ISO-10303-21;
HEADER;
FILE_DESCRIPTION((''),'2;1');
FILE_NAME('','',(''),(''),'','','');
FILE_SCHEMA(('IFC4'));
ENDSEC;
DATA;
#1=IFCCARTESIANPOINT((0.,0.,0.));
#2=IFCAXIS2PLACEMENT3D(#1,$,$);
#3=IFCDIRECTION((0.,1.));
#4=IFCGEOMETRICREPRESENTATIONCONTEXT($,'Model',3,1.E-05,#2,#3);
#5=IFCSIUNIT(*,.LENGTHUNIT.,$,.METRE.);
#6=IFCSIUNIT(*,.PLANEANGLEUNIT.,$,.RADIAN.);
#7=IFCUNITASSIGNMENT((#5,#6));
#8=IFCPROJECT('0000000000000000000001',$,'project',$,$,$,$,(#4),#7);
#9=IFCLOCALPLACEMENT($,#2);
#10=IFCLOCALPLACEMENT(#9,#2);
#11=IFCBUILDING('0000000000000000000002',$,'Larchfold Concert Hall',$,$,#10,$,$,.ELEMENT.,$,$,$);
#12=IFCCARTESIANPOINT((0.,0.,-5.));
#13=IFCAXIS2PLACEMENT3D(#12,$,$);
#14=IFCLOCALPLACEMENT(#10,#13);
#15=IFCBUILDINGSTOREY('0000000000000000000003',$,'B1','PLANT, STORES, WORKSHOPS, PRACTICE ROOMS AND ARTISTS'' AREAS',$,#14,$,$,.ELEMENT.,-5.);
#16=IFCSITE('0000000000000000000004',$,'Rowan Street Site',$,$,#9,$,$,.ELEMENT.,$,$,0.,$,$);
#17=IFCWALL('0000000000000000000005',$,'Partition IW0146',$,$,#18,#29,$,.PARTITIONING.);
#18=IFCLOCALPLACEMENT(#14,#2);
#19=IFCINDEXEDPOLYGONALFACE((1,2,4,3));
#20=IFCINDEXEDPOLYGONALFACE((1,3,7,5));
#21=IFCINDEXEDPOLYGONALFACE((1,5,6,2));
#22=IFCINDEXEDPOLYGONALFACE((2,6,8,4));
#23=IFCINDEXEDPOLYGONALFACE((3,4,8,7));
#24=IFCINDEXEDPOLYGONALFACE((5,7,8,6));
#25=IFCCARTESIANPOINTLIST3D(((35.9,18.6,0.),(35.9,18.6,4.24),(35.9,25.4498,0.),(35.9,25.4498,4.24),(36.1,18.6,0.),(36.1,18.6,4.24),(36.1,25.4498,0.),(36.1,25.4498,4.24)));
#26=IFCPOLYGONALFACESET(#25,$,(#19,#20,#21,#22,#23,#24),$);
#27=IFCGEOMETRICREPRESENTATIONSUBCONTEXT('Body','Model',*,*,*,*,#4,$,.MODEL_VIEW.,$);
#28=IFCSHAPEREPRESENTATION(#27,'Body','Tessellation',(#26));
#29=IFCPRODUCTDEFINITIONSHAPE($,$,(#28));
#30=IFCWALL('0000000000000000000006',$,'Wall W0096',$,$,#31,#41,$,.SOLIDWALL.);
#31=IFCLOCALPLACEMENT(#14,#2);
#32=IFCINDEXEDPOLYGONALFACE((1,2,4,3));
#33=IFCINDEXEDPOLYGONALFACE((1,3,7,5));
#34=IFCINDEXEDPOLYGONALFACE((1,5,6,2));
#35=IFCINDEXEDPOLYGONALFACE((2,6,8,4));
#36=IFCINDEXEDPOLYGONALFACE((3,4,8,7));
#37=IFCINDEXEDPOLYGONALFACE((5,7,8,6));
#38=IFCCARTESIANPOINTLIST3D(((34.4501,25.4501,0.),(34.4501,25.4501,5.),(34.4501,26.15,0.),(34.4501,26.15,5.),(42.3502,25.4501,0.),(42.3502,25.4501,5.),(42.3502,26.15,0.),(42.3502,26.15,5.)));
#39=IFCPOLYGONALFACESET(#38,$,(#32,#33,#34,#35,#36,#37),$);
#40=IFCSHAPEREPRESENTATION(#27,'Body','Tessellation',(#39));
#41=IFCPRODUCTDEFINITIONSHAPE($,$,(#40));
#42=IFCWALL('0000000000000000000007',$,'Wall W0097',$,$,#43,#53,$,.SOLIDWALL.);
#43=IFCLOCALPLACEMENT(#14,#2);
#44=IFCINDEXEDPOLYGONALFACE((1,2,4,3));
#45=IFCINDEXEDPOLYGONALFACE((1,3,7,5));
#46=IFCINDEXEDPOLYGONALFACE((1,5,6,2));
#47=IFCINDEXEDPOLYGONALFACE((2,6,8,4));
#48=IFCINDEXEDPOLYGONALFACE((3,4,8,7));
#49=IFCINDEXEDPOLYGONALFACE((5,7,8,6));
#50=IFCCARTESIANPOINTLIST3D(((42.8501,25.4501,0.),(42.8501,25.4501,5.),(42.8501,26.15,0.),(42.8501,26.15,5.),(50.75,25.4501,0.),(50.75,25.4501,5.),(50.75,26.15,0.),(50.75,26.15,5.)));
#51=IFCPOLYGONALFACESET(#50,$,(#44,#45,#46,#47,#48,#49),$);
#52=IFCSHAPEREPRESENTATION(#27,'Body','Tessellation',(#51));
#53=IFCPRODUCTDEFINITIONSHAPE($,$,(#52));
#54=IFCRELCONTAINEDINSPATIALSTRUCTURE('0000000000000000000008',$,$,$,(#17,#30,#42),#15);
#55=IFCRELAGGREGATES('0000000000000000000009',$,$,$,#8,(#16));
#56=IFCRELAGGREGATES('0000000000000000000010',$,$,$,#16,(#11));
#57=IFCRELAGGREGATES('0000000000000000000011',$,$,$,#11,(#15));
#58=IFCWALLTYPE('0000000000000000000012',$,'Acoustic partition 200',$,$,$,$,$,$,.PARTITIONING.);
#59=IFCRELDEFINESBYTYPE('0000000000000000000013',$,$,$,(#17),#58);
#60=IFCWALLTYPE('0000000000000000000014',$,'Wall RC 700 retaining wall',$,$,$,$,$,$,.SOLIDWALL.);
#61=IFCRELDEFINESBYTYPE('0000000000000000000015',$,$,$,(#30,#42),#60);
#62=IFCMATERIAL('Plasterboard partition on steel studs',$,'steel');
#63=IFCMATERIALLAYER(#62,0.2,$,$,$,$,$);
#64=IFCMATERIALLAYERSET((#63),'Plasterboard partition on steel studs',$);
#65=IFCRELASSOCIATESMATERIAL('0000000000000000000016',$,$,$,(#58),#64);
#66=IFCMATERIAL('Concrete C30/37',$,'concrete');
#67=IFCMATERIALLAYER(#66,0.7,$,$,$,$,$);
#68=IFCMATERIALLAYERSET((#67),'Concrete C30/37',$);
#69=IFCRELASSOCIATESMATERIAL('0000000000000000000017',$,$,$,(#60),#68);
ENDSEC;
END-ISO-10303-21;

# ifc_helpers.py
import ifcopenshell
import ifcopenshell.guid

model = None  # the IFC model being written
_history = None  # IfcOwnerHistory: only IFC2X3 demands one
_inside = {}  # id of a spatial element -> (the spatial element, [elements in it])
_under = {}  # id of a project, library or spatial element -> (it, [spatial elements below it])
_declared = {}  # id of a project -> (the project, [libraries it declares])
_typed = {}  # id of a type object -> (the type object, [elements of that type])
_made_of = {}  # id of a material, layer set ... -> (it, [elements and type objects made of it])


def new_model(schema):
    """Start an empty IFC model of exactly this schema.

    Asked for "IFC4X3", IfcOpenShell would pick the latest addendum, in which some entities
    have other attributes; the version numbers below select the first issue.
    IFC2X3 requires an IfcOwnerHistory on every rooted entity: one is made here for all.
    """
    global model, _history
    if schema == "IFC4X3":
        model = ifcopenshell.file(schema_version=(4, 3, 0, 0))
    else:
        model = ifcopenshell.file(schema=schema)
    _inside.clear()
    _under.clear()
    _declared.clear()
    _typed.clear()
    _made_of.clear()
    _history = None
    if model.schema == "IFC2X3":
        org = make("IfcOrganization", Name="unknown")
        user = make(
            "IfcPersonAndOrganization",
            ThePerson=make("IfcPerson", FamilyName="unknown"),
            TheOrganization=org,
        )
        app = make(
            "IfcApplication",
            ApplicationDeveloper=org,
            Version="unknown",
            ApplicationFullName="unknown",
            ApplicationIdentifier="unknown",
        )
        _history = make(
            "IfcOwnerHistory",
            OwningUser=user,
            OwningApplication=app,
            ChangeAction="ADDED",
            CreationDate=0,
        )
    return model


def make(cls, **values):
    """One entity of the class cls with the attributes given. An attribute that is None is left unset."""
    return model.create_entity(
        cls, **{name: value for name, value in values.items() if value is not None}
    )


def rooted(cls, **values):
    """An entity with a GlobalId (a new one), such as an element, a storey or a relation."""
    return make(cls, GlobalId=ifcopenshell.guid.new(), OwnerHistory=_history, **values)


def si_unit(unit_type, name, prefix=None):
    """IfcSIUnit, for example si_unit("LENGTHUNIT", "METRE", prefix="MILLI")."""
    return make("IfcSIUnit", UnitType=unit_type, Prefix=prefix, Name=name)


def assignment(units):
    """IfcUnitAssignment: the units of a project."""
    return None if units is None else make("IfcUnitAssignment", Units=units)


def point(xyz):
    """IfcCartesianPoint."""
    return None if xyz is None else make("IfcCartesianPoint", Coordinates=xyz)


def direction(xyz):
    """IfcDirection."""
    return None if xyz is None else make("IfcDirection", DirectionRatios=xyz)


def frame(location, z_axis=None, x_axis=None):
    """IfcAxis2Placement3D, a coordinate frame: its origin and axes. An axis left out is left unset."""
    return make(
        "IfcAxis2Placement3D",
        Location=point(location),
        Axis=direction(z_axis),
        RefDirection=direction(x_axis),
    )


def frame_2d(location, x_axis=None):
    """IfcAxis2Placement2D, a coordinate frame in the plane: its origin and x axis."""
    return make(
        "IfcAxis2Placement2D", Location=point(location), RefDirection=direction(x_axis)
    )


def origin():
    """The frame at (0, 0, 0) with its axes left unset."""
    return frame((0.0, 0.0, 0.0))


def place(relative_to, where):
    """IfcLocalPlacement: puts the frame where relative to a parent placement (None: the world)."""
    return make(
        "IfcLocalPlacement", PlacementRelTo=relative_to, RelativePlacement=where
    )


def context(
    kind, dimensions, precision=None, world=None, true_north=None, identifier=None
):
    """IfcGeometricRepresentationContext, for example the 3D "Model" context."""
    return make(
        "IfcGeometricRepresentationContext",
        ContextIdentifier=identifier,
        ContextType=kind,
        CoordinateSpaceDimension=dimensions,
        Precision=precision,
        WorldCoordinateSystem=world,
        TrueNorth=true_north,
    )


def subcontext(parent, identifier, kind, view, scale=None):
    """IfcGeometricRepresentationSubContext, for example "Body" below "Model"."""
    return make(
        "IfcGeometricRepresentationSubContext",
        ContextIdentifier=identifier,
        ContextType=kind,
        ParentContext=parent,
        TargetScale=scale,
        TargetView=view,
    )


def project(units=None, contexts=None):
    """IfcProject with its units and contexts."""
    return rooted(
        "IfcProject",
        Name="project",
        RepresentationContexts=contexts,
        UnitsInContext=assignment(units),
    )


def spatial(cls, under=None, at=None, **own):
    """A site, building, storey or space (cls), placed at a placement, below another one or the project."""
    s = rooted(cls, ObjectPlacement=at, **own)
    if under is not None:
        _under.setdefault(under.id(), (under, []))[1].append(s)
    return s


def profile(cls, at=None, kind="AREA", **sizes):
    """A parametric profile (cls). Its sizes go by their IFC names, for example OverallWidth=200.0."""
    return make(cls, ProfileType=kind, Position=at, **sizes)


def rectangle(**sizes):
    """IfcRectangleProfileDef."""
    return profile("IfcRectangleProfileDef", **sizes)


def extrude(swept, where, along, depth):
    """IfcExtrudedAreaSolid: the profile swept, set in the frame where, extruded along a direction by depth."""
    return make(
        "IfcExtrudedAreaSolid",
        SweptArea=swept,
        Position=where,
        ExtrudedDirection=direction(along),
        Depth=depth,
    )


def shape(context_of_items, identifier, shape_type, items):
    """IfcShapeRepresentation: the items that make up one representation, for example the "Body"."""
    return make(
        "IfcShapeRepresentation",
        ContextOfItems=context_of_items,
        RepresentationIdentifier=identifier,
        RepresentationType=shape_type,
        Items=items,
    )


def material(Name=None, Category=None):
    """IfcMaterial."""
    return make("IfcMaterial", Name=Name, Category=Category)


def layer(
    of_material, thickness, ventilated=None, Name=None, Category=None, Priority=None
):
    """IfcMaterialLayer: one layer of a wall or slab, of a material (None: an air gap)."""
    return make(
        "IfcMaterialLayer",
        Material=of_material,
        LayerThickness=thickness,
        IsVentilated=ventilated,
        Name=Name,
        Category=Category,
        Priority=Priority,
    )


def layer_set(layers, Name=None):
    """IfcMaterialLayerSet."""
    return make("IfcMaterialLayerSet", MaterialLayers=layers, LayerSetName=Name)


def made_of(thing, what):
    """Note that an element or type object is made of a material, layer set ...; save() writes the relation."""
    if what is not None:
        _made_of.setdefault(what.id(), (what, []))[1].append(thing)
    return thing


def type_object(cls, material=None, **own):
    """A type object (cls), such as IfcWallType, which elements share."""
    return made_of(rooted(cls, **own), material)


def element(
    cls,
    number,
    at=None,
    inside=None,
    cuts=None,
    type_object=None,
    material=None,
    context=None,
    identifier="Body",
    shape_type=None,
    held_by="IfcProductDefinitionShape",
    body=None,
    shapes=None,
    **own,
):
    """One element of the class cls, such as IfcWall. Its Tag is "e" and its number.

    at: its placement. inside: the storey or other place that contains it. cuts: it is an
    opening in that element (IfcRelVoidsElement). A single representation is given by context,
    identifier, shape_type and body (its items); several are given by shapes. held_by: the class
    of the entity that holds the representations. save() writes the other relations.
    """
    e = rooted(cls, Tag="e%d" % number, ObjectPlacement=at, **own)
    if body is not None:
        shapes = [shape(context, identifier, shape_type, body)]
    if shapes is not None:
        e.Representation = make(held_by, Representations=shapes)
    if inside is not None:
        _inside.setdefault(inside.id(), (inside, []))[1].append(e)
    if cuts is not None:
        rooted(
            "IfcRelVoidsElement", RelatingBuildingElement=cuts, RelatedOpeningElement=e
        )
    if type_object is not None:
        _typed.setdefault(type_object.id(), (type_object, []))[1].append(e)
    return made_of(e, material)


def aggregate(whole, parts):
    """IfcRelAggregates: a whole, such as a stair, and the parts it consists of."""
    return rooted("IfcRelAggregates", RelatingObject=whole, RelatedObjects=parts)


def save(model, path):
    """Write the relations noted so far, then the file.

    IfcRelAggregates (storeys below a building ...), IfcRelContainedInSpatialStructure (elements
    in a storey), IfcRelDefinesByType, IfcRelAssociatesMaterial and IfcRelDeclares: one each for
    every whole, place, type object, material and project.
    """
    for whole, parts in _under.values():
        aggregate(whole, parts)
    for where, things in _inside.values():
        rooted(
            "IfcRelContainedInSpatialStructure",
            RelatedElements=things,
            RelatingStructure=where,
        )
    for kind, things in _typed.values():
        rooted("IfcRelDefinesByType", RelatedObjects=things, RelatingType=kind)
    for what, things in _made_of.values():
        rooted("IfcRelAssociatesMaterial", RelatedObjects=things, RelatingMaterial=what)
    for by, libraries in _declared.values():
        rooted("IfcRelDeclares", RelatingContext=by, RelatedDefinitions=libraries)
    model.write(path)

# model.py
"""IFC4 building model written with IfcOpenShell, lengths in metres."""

from ifc_helpers import new_model, si_unit, direction, frame, frame_2d, origin, place, context, subcontext, project, spatial, rectangle, extrude, material, layer, layer_set, type_object, element, save


model = new_model("IFC4")

# Units and contexts
model_context = context("Model", 3, precision=1e-05, world=origin(), true_north=direction((0.0, 1.0)))
body_context = subcontext(model_context, "Body", "Model", "MODEL_VIEW")
ifc_project = project(units=[si_unit("LENGTHUNIT", "METRE"), si_unit("PLANEANGLEUNIT", "RADIAN")], contexts=[model_context])

# Site, building, storey
site_placement = place(None, origin())
site = spatial("IfcSite", under=ifc_project, at=site_placement, Name="Rowan Street Site", CompositionType="ELEMENT", RefElevation=0.0)
building_placement = place(site_placement, origin())
building = spatial("IfcBuilding", under=site, at=building_placement, Name="Larchfold Concert Hall", CompositionType="ELEMENT")
storey_placement = place(building_placement, frame((0.0, 0.0, -5.0)))
storey = spatial("IfcBuildingStorey", under=building, at=storey_placement, Name="B1", Description="PLANT, STORES, WORKSHOPS, PRACTICE ROOMS AND ARTISTS' AREAS", CompositionType="ELEMENT", Elevation=-5.0)

# Shared definitions
ifc_material_1 = material(Name="Plasterboard partition on steel studs", Category="steel")
ifc_layer_1 = layer(ifc_material_1, 0.2)
ifc_layer_set_1 = layer_set([ifc_layer_1], Name="Plasterboard partition on steel studs")
wall_type_1 = type_object("IfcWallType", Name="Acoustic partition 200", PredefinedType="PARTITIONING", material=ifc_layer_set_1)

# Walls
wall_1_placement = place(storey_placement, frame((36.0, 18.6001, 0.0), z_axis=(0.0, 0.0, 1.0), x_axis=(0.0, 1.0, 0.0)))
element("IfcWall", 1, at=wall_1_placement, inside=storey, type_object=wall_type_1, Name="Partition IW0146", PredefinedType="PARTITIONING", context=body_context, shape_type="SweptSolid", body=[
    extrude(rectangle(XDim=6.8499, YDim=0.2, at=frame_2d((3.4248, 0.0))), origin(), (0.0, 0.0, 1.0), 4.24),
])
ifc_material_2 = material(Name="Concrete C30/37", Category="concrete")
ifc_layer_2 = layer(ifc_material_2, 0.7)
ifc_layer_set_2 = layer_set([ifc_layer_2], Name="Concrete C30/37")
wall_type_2 = type_object("IfcWallType", Name="Wall RC 700 retaining wall", PredefinedType="SOLIDWALL", material=ifc_layer_set_2)
wall_2_placement = place(storey_placement, frame((34.45, 25.8, 0.0), z_axis=(0.0, 0.0, 1.0), x_axis=(1.0, 0.0, 0.0)))
element("IfcWall", 2, at=wall_2_placement, inside=storey, type_object=wall_type_2, Name="Wall W0096", PredefinedType="SOLIDWALL", context=body_context, shape_type="SweptSolid", body=[
    extrude(rectangle(XDim=7.9001, YDim=0.7, at=frame_2d((3.9502, 0.0))), origin(), (0.0, 0.0, 1.0), 5.0),
])
wall_3_placement = place(storey_placement, frame((42.8501, 25.8, 0.0), z_axis=(0.0, 0.0, 1.0), x_axis=(1.0, 0.0, 0.0)))
element("IfcWall", 3, at=wall_3_placement, inside=storey, type_object=wall_type_2, Name="Wall W0097", PredefinedType="SOLIDWALL", context=body_context, shape_type="SweptSolid", body=[
    extrude(rectangle(XDim=7.8999, YDim=0.7, at=frame_2d((3.95, 0.0))), origin(), (0.0, 0.0, 1.0), 5.0),
])

save(model, "model.ifc")
